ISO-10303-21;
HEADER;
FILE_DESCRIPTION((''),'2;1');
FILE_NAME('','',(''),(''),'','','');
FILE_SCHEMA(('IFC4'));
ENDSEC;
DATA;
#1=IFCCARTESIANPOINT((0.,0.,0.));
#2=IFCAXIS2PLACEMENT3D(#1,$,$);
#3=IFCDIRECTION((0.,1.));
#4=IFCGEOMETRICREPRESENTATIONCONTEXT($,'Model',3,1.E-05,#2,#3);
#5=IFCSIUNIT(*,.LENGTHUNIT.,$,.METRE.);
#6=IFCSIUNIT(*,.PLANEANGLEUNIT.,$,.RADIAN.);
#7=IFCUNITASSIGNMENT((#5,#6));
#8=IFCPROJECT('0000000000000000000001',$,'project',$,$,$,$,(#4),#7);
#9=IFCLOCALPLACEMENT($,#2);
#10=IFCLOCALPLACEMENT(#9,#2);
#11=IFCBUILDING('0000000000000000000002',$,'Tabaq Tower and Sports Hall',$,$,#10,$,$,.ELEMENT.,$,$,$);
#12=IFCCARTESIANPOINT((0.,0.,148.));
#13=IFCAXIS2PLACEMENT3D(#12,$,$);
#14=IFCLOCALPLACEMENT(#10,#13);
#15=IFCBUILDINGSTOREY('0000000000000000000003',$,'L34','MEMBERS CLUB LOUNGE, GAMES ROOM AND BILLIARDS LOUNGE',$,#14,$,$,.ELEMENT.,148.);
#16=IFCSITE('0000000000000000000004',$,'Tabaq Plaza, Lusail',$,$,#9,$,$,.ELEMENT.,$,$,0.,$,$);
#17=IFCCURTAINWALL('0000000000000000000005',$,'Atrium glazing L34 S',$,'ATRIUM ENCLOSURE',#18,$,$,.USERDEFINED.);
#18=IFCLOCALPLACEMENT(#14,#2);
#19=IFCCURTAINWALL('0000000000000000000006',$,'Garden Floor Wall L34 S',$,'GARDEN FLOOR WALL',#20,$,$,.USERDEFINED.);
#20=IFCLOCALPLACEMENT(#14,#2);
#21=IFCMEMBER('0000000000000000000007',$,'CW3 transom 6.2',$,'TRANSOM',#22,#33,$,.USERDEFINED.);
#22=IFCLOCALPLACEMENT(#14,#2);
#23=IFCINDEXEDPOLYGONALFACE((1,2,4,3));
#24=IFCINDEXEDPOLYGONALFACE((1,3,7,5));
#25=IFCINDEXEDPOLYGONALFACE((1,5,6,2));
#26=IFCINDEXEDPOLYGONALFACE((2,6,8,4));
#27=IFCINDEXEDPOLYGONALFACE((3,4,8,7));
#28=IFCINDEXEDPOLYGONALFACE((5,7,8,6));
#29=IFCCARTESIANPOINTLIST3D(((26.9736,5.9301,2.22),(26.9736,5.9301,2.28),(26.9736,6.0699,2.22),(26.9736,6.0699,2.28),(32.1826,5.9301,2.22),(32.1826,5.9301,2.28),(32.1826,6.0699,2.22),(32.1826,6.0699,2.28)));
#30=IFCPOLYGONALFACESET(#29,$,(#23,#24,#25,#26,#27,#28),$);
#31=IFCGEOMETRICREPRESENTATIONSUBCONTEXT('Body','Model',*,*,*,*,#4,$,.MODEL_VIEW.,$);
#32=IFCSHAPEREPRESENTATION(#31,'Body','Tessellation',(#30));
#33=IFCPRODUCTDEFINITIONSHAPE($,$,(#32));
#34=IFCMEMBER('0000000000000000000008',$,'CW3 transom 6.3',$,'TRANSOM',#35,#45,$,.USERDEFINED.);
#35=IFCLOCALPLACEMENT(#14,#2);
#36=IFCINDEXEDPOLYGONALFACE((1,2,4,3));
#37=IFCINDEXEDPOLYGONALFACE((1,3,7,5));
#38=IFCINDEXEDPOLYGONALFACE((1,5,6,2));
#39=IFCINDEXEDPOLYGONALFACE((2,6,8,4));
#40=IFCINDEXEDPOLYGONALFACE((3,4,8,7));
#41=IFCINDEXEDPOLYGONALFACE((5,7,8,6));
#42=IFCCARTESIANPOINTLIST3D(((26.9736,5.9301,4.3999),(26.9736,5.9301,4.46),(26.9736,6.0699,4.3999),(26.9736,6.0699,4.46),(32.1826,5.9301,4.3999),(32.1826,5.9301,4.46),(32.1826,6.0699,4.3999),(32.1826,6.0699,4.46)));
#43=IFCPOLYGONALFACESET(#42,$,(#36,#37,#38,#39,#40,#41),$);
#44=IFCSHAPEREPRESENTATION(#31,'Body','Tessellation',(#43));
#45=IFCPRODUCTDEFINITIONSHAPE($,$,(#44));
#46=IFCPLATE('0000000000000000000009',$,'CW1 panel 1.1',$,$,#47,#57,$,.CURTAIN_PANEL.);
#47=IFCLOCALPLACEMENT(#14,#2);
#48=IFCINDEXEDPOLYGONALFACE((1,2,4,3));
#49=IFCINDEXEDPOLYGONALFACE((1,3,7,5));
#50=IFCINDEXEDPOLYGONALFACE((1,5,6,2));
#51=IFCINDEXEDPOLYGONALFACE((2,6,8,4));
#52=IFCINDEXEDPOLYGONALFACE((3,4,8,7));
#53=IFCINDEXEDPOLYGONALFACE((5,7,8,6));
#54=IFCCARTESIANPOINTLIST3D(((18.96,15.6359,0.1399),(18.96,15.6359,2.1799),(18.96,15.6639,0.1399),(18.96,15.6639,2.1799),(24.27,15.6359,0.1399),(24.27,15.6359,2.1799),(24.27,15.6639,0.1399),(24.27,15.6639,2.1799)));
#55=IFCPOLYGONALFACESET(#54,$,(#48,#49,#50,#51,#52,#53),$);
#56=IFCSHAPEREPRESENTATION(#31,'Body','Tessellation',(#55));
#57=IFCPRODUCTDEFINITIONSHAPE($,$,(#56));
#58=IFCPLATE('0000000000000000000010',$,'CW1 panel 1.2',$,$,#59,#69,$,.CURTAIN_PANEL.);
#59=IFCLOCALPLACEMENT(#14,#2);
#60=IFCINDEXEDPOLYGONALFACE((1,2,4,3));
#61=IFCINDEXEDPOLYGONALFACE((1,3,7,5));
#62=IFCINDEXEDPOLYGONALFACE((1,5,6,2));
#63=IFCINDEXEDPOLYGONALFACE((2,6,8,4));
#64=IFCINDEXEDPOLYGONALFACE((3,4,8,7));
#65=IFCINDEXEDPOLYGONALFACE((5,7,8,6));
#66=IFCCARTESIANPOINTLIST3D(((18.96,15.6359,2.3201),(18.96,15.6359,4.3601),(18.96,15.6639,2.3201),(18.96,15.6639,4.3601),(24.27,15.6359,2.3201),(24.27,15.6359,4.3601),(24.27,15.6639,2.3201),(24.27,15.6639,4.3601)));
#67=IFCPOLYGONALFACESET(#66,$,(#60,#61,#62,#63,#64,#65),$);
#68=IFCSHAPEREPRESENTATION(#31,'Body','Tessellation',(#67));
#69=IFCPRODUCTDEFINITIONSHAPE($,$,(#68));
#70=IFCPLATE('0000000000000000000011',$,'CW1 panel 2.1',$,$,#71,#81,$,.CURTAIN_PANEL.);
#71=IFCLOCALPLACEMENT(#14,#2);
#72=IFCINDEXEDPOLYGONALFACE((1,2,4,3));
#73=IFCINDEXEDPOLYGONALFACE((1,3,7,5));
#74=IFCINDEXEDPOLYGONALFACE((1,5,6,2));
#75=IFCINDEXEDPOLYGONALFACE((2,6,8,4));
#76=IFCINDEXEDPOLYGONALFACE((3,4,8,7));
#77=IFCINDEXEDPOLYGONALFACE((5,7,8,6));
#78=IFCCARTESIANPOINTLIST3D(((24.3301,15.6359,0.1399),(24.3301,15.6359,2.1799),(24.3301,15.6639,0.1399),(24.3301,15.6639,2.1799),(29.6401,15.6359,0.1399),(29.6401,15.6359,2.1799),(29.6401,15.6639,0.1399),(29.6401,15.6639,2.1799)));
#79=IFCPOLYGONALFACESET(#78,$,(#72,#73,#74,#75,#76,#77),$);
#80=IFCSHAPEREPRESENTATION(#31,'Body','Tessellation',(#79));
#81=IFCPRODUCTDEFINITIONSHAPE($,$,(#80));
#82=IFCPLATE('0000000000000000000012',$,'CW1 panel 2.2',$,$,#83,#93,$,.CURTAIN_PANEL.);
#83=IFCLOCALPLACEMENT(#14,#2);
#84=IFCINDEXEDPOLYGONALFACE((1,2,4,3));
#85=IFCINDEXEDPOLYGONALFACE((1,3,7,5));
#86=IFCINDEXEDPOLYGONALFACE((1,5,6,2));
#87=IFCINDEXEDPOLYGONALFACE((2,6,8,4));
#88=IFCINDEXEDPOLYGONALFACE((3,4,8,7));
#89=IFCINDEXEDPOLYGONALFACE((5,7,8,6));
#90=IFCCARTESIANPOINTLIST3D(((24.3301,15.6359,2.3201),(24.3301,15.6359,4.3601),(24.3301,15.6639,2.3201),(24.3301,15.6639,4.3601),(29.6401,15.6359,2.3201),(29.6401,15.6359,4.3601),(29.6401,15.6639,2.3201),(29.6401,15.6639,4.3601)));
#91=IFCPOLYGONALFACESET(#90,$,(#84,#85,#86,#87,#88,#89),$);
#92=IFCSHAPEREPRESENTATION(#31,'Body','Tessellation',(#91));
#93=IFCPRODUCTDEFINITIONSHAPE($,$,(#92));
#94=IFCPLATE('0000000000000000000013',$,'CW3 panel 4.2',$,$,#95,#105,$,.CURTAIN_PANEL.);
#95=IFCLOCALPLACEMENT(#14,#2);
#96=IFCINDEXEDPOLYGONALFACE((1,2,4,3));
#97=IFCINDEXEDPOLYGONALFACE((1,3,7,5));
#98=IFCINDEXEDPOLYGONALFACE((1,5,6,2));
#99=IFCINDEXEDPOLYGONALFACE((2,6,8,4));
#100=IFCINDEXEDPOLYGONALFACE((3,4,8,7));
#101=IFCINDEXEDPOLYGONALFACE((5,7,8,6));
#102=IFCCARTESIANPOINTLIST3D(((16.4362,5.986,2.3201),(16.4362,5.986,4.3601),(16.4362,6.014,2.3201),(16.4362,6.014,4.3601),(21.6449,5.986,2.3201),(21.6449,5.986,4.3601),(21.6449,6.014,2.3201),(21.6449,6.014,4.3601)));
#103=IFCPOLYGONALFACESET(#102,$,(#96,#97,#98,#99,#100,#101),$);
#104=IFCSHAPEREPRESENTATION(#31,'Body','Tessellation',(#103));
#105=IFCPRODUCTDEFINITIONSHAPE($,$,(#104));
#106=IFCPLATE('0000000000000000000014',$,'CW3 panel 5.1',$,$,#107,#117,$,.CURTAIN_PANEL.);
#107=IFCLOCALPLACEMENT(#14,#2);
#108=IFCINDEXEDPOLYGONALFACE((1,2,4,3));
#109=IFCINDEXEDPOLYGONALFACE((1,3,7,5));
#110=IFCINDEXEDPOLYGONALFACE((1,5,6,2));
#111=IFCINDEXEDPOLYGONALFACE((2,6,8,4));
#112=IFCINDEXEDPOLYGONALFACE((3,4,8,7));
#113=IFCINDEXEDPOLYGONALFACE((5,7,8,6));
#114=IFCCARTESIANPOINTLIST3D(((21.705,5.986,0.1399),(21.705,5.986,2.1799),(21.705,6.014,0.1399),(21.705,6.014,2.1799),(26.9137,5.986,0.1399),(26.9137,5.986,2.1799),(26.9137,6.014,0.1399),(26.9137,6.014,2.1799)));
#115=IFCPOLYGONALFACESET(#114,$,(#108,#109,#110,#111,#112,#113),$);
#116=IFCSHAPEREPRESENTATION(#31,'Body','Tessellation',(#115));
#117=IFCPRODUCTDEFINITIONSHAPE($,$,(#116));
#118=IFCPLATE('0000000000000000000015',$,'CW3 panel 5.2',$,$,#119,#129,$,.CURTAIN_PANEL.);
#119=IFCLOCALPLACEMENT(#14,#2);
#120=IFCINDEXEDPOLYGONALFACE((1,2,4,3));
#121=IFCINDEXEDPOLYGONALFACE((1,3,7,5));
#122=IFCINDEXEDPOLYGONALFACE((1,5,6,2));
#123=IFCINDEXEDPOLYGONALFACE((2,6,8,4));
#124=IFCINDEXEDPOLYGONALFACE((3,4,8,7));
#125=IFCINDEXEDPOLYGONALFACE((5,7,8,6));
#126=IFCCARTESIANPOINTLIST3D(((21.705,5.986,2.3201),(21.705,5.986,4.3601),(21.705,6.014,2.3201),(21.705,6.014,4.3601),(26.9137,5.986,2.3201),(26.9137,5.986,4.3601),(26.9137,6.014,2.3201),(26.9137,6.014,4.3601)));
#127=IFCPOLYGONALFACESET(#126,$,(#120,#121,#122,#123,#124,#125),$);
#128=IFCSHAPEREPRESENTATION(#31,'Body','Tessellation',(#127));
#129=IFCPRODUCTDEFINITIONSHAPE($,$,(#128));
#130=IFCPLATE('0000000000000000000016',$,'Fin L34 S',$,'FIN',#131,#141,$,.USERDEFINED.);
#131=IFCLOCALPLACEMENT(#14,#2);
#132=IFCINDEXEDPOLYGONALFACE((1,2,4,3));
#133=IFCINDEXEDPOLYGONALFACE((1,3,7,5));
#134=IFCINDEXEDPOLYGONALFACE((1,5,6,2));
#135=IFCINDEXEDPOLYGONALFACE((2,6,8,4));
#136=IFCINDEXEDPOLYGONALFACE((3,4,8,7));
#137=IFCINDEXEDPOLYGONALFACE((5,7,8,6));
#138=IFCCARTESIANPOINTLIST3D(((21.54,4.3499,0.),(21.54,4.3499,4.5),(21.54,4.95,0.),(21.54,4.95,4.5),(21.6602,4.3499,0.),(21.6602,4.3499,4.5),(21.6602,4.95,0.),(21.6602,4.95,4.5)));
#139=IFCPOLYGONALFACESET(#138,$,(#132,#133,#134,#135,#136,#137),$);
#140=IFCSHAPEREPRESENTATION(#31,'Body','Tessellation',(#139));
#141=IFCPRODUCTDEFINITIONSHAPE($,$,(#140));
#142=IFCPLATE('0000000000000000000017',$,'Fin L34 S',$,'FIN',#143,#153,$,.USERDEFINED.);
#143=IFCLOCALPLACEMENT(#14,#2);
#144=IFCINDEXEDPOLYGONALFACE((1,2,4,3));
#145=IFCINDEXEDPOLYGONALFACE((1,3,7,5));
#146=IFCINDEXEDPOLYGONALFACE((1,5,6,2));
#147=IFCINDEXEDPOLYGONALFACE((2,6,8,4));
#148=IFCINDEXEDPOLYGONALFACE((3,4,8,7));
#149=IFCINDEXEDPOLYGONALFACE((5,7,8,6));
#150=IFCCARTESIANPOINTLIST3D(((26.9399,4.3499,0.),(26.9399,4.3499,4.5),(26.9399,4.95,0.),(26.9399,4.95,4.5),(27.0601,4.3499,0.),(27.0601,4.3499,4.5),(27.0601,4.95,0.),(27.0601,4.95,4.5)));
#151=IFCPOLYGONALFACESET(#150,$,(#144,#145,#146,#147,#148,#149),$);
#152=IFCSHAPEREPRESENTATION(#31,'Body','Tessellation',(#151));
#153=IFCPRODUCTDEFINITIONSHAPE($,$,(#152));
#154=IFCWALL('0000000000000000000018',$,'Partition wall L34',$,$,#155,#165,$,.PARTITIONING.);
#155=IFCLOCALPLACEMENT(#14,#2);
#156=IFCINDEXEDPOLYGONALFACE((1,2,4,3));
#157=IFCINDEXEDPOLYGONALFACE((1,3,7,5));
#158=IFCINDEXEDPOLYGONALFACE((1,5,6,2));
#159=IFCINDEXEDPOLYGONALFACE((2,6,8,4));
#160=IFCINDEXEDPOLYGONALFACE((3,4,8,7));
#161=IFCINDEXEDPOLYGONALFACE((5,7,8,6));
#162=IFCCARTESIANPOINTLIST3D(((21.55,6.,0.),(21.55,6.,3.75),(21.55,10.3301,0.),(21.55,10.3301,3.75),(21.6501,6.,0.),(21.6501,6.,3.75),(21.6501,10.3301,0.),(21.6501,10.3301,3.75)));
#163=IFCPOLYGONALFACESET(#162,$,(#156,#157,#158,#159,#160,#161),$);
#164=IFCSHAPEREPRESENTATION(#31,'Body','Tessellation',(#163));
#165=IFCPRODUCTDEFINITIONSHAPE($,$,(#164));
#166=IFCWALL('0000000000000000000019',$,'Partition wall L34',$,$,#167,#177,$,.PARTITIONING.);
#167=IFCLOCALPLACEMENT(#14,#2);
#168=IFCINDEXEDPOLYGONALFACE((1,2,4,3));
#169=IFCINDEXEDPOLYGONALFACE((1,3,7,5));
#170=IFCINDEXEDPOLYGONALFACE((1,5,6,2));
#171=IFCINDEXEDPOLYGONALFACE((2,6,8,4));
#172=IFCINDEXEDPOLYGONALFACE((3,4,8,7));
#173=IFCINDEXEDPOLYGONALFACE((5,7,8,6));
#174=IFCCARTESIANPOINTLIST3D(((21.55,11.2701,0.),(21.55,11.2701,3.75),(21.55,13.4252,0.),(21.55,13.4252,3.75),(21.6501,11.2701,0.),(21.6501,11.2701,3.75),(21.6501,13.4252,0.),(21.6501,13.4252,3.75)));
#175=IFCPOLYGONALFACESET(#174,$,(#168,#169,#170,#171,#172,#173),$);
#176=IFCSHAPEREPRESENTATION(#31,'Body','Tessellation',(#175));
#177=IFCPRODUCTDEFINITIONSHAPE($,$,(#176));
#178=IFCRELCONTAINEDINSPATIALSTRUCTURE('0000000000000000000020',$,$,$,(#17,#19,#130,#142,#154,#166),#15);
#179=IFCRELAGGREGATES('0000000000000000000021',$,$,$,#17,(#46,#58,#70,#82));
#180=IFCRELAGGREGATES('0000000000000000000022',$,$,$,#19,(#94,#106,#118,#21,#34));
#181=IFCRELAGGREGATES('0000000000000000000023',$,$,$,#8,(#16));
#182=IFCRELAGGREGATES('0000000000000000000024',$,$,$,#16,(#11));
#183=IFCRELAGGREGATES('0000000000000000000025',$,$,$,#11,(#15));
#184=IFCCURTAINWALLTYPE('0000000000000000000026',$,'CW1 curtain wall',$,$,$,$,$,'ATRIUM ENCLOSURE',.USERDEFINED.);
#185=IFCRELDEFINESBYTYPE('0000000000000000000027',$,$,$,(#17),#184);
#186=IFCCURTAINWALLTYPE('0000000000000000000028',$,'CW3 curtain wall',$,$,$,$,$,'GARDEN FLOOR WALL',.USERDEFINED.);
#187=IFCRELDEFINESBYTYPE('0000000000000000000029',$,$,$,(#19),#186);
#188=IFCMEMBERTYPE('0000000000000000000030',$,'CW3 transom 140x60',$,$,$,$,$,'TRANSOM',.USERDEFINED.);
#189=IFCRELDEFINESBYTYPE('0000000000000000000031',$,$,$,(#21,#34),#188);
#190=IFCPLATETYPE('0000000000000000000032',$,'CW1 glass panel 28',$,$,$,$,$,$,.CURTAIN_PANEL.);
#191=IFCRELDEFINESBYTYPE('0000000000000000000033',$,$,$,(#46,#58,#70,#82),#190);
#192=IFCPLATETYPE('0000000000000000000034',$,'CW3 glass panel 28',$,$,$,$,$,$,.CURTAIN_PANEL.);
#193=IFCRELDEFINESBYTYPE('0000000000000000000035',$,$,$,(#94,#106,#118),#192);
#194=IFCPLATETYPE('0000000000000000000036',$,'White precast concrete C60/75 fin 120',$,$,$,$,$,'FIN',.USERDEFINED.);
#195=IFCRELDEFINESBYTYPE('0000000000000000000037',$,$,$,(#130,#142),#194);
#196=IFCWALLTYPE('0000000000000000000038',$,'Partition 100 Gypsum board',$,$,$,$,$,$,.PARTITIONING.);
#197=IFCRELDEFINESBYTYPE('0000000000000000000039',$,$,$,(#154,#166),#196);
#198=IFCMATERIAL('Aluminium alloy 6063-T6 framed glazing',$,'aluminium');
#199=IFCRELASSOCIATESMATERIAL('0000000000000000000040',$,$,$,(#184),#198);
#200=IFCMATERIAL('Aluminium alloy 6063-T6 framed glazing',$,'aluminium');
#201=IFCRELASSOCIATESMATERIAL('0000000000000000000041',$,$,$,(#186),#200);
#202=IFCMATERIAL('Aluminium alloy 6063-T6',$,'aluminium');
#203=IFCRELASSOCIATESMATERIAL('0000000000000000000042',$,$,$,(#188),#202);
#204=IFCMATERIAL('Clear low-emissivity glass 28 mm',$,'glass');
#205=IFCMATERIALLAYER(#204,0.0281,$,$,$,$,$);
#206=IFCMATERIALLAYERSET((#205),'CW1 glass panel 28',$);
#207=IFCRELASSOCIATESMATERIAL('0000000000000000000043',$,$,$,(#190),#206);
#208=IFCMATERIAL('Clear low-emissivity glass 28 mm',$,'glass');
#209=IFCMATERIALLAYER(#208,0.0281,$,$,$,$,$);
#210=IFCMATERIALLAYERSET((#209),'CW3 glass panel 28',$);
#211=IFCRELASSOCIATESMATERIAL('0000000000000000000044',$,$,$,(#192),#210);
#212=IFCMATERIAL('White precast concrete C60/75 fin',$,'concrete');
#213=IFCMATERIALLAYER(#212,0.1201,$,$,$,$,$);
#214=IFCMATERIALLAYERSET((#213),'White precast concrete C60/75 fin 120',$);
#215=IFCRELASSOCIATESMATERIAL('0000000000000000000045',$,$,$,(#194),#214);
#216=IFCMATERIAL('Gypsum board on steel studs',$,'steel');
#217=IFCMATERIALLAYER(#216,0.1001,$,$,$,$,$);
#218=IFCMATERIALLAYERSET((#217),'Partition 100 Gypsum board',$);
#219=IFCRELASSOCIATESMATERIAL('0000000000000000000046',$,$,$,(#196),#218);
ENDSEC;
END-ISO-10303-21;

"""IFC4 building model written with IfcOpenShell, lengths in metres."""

from ifc_helpers import new_model, si_unit, direction, frame, frame_2d, origin, origin_2d, place, context, subcontext, project, spatial, rectangle, extrude, material, layer, layer_set, material_profile, profile_set, type_object, element, aggregate, save


model = new_model("IFC4")

# Units and contexts
model_context = context("Model", 3, precision=1e-05, world=origin(), true_north=direction((0.0, 1.0)))
body_context = subcontext(model_context, "Body", "Model", "MODEL_VIEW")
ifc_project = project(units=[si_unit("LENGTHUNIT", "METRE"), si_unit("PLANEANGLEUNIT", "RADIAN")], contexts=[model_context])

# Site, building, storey
site_placement = place(None, origin())
site = spatial("IfcSite", under=ifc_project, at=site_placement, Name="Tabaq Plaza, Lusail", CompositionType="ELEMENT", RefElevation=0.0)
building_placement = place(site_placement, origin())
building = spatial("IfcBuilding", under=site, at=building_placement, Name="Tabaq Tower and Sports Hall", CompositionType="ELEMENT")
storey_placement = place(building_placement, frame((0.0, 0.0, 148.0)))
storey = spatial("IfcBuildingStorey", under=building, at=storey_placement, Name="L34", Description="MEMBERS CLUB LOUNGE, GAMES ROOM AND BILLIARDS LOUNGE", CompositionType="ELEMENT", Elevation=148.0)

# Curtain walls, members
ifc_material_1 = material(Name="Aluminium alloy 6063-T6 framed glazing", Category="aluminium")
curtain_wall_type_1 = type_object("IfcCurtainWallType", Name="CW1 curtain wall", ElementType="ATRIUM ENCLOSURE", PredefinedType="USERDEFINED", material=ifc_material_1)
curtain_wall_1_placement = place(storey_placement, origin())
curtain_wall_1 = element("IfcCurtainWall", 1, at=curtain_wall_1_placement, inside=storey, type_object=curtain_wall_type_1, Name="Atrium glazing L34 S", ObjectType="ATRIUM ENCLOSURE", PredefinedType="USERDEFINED")
ifc_material_2 = material(Name="Aluminium alloy 6063-T6 framed glazing", Category="aluminium")
curtain_wall_type_2 = type_object("IfcCurtainWallType", Name="CW3 curtain wall", ElementType="GARDEN FLOOR WALL", PredefinedType="USERDEFINED", material=ifc_material_2)
curtain_wall_2_placement = place(storey_placement, origin())
curtain_wall_2 = element("IfcCurtainWall", 2, at=curtain_wall_2_placement, inside=storey, type_object=curtain_wall_type_2, Name="Garden Floor Wall L34 S", ObjectType="GARDEN FLOOR WALL", PredefinedType="USERDEFINED")
ifc_material_3 = material(Name="Aluminium alloy 6063-T6", Category="aluminium")
ifc_material_profile_1 = material_profile(ifc_material_3, rectangle(XDim=0.1399, YDim=0.0601, at=origin_2d()), Name="TRANSOM 140x60")
ifc_profile_set_1 = profile_set([ifc_material_profile_1], Name="Aluminium alloy 6063-T6")
member_type_1 = type_object("IfcMemberType", Name="CW3 transom 140x60", ElementType="TRANSOM", PredefinedType="USERDEFINED", material=ifc_profile_set_1)
member_1_placement = place(storey_placement, frame((26.9736, 6.0, 2.25), z_axis=(1.0, 0.0, 0.0), x_axis=(0.0, 1.0, 0.0)))
member_1 = element("IfcMember", 3, at=member_1_placement, type_object=member_type_1, Name="CW3 transom 6.2", ObjectType="TRANSOM", PredefinedType="USERDEFINED", context=body_context, shape_type="SweptSolid", body=[
    extrude(rectangle(XDim=0.1399, YDim=0.0601, at=origin_2d()), origin(), (0.0, 0.0, 1.0), 5.209),
])
member_2_placement = place(storey_placement, frame((26.9736, 6.0, 4.4299), z_axis=(1.0, 0.0, 0.0), x_axis=(0.0, 1.0, 0.0)))
member_2 = element("IfcMember", 4, at=member_2_placement, type_object=member_type_1, Name="CW3 transom 6.3", ObjectType="TRANSOM", PredefinedType="USERDEFINED", context=body_context, shape_type="SweptSolid", body=[
    extrude(rectangle(XDim=0.1399, YDim=0.0601, at=origin_2d()), origin(), (0.0, 0.0, 1.0), 5.209),
])

# Plates
ifc_material_4 = material(Name="Clear low-emissivity glass 28 mm", Category="glass")
ifc_layer_1 = layer(ifc_material_4, 0.0281)
ifc_layer_set_1 = layer_set([ifc_layer_1], Name="CW1 glass panel 28")
plate_type_1 = type_object("IfcPlateType", Name="CW1 glass panel 28", PredefinedType="CURTAIN_PANEL", material=ifc_layer_set_1)
plate_1_placement = place(storey_placement, frame((21.615, 15.6499, 0.1399), z_axis=(0.0, 0.0, 1.0), x_axis=(1.0, 0.0, 0.0)))
plate_1 = element("IfcPlate", 5, at=plate_1_placement, type_object=plate_type_1, Name="CW1 panel 1.1", PredefinedType="CURTAIN_PANEL", context=body_context, shape_type="SweptSolid", body=[
    extrude(rectangle(XDim=5.3101, YDim=0.0281, at=origin_2d()), origin(), (0.0, 0.0, 1.0), 2.04),
])
plate_2_placement = place(storey_placement, frame((21.615, 15.6499, 2.3201), z_axis=(0.0, 0.0, 1.0), x_axis=(1.0, 0.0, 0.0)))
plate_2 = element("IfcPlate", 6, at=plate_2_placement, type_object=plate_type_1, Name="CW1 panel 1.2", PredefinedType="CURTAIN_PANEL", context=body_context, shape_type="SweptSolid", body=[
    extrude(rectangle(XDim=5.3101, YDim=0.0281, at=origin_2d()), origin(), (0.0, 0.0, 1.0), 2.04),
])
plate_3_placement = place(storey_placement, frame((26.9851, 15.6499, 0.1399), z_axis=(0.0, 0.0, 1.0), x_axis=(1.0, 0.0, 0.0)))
plate_3 = element("IfcPlate", 7, at=plate_3_placement, type_object=plate_type_1, Name="CW1 panel 2.1", PredefinedType="CURTAIN_PANEL", context=body_context, shape_type="SweptSolid", body=[
    extrude(rectangle(XDim=5.3101, YDim=0.0281, at=origin_2d()), origin(), (0.0, 0.0, 1.0), 2.04),
])
plate_4_placement = place(storey_placement, frame((26.9851, 15.6499, 2.3201), z_axis=(0.0, 0.0, 1.0), x_axis=(1.0, 0.0, 0.0)))
plate_4 = element("IfcPlate", 8, at=plate_4_placement, type_object=plate_type_1, Name="CW1 panel 2.2", PredefinedType="CURTAIN_PANEL", context=body_context, shape_type="SweptSolid", body=[
    extrude(rectangle(XDim=5.3101, YDim=0.0281, at=origin_2d()), origin(), (0.0, 0.0, 1.0), 2.04),
])
aggregate(curtain_wall_1, [plate_1, plate_2, plate_3, plate_4])
ifc_material_5 = material(Name="Clear low-emissivity glass 28 mm", Category="glass")
ifc_layer_2 = layer(ifc_material_5, 0.0281)
ifc_layer_set_2 = layer_set([ifc_layer_2], Name="CW3 glass panel 28")
plate_type_2 = type_object("IfcPlateType", Name="CW3 glass panel 28", PredefinedType="CURTAIN_PANEL", material=ifc_layer_set_2)
plate_5_placement = place(storey_placement, frame((19.0405, 6.0, 2.3201), z_axis=(0.0, 0.0, 1.0), x_axis=(1.0, 0.0, 0.0)))
plate_5 = element("IfcPlate", 9, at=plate_5_placement, type_object=plate_type_2, Name="CW3 panel 4.2", PredefinedType="CURTAIN_PANEL", context=body_context, shape_type="SweptSolid", body=[
    extrude(rectangle(XDim=5.2087, YDim=0.0281, at=origin_2d()), origin(), (0.0, 0.0, 1.0), 2.04),
])
plate_6_placement = place(storey_placement, frame((24.3093, 6.0, 0.1399), z_axis=(0.0, 0.0, 1.0), x_axis=(1.0, 0.0, 0.0)))
plate_6 = element("IfcPlate", 10, at=plate_6_placement, type_object=plate_type_2, Name="CW3 panel 5.1", PredefinedType="CURTAIN_PANEL", context=body_context, shape_type="SweptSolid", body=[
    extrude(rectangle(XDim=5.2087, YDim=0.0281, at=origin_2d()), origin(), (0.0, 0.0, 1.0), 2.04),
])
plate_7_placement = place(storey_placement, frame((24.3093, 6.0, 2.3201), z_axis=(0.0, 0.0, 1.0), x_axis=(1.0, 0.0, 0.0)))
plate_7 = element("IfcPlate", 11, at=plate_7_placement, type_object=plate_type_2, Name="CW3 panel 5.2", PredefinedType="CURTAIN_PANEL", context=body_context, shape_type="SweptSolid", body=[
    extrude(rectangle(XDim=5.2087, YDim=0.0281, at=origin_2d()), origin(), (0.0, 0.0, 1.0), 2.04),
])
aggregate(curtain_wall_2, [plate_5, plate_6, plate_7, member_1, member_2])

# Plates
ifc_material_6 = material(Name="White precast concrete C60/75 fin", Category="concrete")
ifc_layer_3 = layer(ifc_material_6, 0.1201)
ifc_layer_set_3 = layer_set([ifc_layer_3], Name="White precast concrete C60/75 fin 120")
plate_type_3 = type_object("IfcPlateType", Name="White precast concrete C60/75 fin 120", ElementType="FIN", PredefinedType="USERDEFINED", material=ifc_layer_set_3)
for number, where, z_axis, x_axis, name in (
    (12, (21.6001, 4.6499, 0.0), (0.0, 0.0, 1.0), (1.0, 0.0, 0.0), "Fin L34 S"),
    (13, (27.0, 4.6499, 0.0), (0.0, 0.0, 1.0), (1.0, 0.0, 0.0), "Fin L34 S"),
):
    element("IfcPlate", number, at=place(storey_placement, frame(where, z_axis=z_axis, x_axis=x_axis)), inside=storey, type_object=plate_type_3, Name=name, ObjectType="FIN", PredefinedType="USERDEFINED", context=body_context, shape_type="SweptSolid", body=[
        extrude(rectangle(XDim=0.1201, YDim=0.6001, at=origin_2d()), origin(), (0.0, 0.0, 1.0), 4.5),
    ])

# Walls
ifc_material_7 = material(Name="Gypsum board on steel studs", Category="steel")
ifc_layer_4 = layer(ifc_material_7, 0.1001)
ifc_layer_set_4 = layer_set([ifc_layer_4], Name="Partition 100 Gypsum board")
wall_type = type_object("IfcWallType", Name="Partition 100 Gypsum board", PredefinedType="PARTITIONING", material=ifc_layer_set_4)
wall_1_placement = place(storey_placement, frame((21.6001, 6.0, 0.0), z_axis=(0.0, 0.0, 1.0), x_axis=(0.0, 1.0, 0.0)))
element("IfcWall", 14, at=wall_1_placement, inside=storey, type_object=wall_type, Name="Partition wall L34", PredefinedType="PARTITIONING", context=body_context, shape_type="SweptSolid", body=[
    extrude(rectangle(XDim=4.3301, YDim=0.1001, at=frame_2d((2.165, 0.0))), origin(), (0.0, 0.0, 1.0), 3.75),
])
wall_2_placement = place(storey_placement, frame((21.6001, 11.27, 0.0), z_axis=(0.0, 0.0, 1.0), x_axis=(0.0, 1.0, 0.0)))
element("IfcWall", 15, at=wall_2_placement, inside=storey, type_object=wall_type, Name="Partition wall L34", PredefinedType="PARTITIONING", context=body_context, shape_type="SweptSolid", body=[
    extrude(rectangle(XDim=2.155, YDim=0.1001, at=frame_2d((1.0776, 0.0))), origin(), (0.0, 0.0, 1.0), 3.75),
])

save(model, "model.ifc")
